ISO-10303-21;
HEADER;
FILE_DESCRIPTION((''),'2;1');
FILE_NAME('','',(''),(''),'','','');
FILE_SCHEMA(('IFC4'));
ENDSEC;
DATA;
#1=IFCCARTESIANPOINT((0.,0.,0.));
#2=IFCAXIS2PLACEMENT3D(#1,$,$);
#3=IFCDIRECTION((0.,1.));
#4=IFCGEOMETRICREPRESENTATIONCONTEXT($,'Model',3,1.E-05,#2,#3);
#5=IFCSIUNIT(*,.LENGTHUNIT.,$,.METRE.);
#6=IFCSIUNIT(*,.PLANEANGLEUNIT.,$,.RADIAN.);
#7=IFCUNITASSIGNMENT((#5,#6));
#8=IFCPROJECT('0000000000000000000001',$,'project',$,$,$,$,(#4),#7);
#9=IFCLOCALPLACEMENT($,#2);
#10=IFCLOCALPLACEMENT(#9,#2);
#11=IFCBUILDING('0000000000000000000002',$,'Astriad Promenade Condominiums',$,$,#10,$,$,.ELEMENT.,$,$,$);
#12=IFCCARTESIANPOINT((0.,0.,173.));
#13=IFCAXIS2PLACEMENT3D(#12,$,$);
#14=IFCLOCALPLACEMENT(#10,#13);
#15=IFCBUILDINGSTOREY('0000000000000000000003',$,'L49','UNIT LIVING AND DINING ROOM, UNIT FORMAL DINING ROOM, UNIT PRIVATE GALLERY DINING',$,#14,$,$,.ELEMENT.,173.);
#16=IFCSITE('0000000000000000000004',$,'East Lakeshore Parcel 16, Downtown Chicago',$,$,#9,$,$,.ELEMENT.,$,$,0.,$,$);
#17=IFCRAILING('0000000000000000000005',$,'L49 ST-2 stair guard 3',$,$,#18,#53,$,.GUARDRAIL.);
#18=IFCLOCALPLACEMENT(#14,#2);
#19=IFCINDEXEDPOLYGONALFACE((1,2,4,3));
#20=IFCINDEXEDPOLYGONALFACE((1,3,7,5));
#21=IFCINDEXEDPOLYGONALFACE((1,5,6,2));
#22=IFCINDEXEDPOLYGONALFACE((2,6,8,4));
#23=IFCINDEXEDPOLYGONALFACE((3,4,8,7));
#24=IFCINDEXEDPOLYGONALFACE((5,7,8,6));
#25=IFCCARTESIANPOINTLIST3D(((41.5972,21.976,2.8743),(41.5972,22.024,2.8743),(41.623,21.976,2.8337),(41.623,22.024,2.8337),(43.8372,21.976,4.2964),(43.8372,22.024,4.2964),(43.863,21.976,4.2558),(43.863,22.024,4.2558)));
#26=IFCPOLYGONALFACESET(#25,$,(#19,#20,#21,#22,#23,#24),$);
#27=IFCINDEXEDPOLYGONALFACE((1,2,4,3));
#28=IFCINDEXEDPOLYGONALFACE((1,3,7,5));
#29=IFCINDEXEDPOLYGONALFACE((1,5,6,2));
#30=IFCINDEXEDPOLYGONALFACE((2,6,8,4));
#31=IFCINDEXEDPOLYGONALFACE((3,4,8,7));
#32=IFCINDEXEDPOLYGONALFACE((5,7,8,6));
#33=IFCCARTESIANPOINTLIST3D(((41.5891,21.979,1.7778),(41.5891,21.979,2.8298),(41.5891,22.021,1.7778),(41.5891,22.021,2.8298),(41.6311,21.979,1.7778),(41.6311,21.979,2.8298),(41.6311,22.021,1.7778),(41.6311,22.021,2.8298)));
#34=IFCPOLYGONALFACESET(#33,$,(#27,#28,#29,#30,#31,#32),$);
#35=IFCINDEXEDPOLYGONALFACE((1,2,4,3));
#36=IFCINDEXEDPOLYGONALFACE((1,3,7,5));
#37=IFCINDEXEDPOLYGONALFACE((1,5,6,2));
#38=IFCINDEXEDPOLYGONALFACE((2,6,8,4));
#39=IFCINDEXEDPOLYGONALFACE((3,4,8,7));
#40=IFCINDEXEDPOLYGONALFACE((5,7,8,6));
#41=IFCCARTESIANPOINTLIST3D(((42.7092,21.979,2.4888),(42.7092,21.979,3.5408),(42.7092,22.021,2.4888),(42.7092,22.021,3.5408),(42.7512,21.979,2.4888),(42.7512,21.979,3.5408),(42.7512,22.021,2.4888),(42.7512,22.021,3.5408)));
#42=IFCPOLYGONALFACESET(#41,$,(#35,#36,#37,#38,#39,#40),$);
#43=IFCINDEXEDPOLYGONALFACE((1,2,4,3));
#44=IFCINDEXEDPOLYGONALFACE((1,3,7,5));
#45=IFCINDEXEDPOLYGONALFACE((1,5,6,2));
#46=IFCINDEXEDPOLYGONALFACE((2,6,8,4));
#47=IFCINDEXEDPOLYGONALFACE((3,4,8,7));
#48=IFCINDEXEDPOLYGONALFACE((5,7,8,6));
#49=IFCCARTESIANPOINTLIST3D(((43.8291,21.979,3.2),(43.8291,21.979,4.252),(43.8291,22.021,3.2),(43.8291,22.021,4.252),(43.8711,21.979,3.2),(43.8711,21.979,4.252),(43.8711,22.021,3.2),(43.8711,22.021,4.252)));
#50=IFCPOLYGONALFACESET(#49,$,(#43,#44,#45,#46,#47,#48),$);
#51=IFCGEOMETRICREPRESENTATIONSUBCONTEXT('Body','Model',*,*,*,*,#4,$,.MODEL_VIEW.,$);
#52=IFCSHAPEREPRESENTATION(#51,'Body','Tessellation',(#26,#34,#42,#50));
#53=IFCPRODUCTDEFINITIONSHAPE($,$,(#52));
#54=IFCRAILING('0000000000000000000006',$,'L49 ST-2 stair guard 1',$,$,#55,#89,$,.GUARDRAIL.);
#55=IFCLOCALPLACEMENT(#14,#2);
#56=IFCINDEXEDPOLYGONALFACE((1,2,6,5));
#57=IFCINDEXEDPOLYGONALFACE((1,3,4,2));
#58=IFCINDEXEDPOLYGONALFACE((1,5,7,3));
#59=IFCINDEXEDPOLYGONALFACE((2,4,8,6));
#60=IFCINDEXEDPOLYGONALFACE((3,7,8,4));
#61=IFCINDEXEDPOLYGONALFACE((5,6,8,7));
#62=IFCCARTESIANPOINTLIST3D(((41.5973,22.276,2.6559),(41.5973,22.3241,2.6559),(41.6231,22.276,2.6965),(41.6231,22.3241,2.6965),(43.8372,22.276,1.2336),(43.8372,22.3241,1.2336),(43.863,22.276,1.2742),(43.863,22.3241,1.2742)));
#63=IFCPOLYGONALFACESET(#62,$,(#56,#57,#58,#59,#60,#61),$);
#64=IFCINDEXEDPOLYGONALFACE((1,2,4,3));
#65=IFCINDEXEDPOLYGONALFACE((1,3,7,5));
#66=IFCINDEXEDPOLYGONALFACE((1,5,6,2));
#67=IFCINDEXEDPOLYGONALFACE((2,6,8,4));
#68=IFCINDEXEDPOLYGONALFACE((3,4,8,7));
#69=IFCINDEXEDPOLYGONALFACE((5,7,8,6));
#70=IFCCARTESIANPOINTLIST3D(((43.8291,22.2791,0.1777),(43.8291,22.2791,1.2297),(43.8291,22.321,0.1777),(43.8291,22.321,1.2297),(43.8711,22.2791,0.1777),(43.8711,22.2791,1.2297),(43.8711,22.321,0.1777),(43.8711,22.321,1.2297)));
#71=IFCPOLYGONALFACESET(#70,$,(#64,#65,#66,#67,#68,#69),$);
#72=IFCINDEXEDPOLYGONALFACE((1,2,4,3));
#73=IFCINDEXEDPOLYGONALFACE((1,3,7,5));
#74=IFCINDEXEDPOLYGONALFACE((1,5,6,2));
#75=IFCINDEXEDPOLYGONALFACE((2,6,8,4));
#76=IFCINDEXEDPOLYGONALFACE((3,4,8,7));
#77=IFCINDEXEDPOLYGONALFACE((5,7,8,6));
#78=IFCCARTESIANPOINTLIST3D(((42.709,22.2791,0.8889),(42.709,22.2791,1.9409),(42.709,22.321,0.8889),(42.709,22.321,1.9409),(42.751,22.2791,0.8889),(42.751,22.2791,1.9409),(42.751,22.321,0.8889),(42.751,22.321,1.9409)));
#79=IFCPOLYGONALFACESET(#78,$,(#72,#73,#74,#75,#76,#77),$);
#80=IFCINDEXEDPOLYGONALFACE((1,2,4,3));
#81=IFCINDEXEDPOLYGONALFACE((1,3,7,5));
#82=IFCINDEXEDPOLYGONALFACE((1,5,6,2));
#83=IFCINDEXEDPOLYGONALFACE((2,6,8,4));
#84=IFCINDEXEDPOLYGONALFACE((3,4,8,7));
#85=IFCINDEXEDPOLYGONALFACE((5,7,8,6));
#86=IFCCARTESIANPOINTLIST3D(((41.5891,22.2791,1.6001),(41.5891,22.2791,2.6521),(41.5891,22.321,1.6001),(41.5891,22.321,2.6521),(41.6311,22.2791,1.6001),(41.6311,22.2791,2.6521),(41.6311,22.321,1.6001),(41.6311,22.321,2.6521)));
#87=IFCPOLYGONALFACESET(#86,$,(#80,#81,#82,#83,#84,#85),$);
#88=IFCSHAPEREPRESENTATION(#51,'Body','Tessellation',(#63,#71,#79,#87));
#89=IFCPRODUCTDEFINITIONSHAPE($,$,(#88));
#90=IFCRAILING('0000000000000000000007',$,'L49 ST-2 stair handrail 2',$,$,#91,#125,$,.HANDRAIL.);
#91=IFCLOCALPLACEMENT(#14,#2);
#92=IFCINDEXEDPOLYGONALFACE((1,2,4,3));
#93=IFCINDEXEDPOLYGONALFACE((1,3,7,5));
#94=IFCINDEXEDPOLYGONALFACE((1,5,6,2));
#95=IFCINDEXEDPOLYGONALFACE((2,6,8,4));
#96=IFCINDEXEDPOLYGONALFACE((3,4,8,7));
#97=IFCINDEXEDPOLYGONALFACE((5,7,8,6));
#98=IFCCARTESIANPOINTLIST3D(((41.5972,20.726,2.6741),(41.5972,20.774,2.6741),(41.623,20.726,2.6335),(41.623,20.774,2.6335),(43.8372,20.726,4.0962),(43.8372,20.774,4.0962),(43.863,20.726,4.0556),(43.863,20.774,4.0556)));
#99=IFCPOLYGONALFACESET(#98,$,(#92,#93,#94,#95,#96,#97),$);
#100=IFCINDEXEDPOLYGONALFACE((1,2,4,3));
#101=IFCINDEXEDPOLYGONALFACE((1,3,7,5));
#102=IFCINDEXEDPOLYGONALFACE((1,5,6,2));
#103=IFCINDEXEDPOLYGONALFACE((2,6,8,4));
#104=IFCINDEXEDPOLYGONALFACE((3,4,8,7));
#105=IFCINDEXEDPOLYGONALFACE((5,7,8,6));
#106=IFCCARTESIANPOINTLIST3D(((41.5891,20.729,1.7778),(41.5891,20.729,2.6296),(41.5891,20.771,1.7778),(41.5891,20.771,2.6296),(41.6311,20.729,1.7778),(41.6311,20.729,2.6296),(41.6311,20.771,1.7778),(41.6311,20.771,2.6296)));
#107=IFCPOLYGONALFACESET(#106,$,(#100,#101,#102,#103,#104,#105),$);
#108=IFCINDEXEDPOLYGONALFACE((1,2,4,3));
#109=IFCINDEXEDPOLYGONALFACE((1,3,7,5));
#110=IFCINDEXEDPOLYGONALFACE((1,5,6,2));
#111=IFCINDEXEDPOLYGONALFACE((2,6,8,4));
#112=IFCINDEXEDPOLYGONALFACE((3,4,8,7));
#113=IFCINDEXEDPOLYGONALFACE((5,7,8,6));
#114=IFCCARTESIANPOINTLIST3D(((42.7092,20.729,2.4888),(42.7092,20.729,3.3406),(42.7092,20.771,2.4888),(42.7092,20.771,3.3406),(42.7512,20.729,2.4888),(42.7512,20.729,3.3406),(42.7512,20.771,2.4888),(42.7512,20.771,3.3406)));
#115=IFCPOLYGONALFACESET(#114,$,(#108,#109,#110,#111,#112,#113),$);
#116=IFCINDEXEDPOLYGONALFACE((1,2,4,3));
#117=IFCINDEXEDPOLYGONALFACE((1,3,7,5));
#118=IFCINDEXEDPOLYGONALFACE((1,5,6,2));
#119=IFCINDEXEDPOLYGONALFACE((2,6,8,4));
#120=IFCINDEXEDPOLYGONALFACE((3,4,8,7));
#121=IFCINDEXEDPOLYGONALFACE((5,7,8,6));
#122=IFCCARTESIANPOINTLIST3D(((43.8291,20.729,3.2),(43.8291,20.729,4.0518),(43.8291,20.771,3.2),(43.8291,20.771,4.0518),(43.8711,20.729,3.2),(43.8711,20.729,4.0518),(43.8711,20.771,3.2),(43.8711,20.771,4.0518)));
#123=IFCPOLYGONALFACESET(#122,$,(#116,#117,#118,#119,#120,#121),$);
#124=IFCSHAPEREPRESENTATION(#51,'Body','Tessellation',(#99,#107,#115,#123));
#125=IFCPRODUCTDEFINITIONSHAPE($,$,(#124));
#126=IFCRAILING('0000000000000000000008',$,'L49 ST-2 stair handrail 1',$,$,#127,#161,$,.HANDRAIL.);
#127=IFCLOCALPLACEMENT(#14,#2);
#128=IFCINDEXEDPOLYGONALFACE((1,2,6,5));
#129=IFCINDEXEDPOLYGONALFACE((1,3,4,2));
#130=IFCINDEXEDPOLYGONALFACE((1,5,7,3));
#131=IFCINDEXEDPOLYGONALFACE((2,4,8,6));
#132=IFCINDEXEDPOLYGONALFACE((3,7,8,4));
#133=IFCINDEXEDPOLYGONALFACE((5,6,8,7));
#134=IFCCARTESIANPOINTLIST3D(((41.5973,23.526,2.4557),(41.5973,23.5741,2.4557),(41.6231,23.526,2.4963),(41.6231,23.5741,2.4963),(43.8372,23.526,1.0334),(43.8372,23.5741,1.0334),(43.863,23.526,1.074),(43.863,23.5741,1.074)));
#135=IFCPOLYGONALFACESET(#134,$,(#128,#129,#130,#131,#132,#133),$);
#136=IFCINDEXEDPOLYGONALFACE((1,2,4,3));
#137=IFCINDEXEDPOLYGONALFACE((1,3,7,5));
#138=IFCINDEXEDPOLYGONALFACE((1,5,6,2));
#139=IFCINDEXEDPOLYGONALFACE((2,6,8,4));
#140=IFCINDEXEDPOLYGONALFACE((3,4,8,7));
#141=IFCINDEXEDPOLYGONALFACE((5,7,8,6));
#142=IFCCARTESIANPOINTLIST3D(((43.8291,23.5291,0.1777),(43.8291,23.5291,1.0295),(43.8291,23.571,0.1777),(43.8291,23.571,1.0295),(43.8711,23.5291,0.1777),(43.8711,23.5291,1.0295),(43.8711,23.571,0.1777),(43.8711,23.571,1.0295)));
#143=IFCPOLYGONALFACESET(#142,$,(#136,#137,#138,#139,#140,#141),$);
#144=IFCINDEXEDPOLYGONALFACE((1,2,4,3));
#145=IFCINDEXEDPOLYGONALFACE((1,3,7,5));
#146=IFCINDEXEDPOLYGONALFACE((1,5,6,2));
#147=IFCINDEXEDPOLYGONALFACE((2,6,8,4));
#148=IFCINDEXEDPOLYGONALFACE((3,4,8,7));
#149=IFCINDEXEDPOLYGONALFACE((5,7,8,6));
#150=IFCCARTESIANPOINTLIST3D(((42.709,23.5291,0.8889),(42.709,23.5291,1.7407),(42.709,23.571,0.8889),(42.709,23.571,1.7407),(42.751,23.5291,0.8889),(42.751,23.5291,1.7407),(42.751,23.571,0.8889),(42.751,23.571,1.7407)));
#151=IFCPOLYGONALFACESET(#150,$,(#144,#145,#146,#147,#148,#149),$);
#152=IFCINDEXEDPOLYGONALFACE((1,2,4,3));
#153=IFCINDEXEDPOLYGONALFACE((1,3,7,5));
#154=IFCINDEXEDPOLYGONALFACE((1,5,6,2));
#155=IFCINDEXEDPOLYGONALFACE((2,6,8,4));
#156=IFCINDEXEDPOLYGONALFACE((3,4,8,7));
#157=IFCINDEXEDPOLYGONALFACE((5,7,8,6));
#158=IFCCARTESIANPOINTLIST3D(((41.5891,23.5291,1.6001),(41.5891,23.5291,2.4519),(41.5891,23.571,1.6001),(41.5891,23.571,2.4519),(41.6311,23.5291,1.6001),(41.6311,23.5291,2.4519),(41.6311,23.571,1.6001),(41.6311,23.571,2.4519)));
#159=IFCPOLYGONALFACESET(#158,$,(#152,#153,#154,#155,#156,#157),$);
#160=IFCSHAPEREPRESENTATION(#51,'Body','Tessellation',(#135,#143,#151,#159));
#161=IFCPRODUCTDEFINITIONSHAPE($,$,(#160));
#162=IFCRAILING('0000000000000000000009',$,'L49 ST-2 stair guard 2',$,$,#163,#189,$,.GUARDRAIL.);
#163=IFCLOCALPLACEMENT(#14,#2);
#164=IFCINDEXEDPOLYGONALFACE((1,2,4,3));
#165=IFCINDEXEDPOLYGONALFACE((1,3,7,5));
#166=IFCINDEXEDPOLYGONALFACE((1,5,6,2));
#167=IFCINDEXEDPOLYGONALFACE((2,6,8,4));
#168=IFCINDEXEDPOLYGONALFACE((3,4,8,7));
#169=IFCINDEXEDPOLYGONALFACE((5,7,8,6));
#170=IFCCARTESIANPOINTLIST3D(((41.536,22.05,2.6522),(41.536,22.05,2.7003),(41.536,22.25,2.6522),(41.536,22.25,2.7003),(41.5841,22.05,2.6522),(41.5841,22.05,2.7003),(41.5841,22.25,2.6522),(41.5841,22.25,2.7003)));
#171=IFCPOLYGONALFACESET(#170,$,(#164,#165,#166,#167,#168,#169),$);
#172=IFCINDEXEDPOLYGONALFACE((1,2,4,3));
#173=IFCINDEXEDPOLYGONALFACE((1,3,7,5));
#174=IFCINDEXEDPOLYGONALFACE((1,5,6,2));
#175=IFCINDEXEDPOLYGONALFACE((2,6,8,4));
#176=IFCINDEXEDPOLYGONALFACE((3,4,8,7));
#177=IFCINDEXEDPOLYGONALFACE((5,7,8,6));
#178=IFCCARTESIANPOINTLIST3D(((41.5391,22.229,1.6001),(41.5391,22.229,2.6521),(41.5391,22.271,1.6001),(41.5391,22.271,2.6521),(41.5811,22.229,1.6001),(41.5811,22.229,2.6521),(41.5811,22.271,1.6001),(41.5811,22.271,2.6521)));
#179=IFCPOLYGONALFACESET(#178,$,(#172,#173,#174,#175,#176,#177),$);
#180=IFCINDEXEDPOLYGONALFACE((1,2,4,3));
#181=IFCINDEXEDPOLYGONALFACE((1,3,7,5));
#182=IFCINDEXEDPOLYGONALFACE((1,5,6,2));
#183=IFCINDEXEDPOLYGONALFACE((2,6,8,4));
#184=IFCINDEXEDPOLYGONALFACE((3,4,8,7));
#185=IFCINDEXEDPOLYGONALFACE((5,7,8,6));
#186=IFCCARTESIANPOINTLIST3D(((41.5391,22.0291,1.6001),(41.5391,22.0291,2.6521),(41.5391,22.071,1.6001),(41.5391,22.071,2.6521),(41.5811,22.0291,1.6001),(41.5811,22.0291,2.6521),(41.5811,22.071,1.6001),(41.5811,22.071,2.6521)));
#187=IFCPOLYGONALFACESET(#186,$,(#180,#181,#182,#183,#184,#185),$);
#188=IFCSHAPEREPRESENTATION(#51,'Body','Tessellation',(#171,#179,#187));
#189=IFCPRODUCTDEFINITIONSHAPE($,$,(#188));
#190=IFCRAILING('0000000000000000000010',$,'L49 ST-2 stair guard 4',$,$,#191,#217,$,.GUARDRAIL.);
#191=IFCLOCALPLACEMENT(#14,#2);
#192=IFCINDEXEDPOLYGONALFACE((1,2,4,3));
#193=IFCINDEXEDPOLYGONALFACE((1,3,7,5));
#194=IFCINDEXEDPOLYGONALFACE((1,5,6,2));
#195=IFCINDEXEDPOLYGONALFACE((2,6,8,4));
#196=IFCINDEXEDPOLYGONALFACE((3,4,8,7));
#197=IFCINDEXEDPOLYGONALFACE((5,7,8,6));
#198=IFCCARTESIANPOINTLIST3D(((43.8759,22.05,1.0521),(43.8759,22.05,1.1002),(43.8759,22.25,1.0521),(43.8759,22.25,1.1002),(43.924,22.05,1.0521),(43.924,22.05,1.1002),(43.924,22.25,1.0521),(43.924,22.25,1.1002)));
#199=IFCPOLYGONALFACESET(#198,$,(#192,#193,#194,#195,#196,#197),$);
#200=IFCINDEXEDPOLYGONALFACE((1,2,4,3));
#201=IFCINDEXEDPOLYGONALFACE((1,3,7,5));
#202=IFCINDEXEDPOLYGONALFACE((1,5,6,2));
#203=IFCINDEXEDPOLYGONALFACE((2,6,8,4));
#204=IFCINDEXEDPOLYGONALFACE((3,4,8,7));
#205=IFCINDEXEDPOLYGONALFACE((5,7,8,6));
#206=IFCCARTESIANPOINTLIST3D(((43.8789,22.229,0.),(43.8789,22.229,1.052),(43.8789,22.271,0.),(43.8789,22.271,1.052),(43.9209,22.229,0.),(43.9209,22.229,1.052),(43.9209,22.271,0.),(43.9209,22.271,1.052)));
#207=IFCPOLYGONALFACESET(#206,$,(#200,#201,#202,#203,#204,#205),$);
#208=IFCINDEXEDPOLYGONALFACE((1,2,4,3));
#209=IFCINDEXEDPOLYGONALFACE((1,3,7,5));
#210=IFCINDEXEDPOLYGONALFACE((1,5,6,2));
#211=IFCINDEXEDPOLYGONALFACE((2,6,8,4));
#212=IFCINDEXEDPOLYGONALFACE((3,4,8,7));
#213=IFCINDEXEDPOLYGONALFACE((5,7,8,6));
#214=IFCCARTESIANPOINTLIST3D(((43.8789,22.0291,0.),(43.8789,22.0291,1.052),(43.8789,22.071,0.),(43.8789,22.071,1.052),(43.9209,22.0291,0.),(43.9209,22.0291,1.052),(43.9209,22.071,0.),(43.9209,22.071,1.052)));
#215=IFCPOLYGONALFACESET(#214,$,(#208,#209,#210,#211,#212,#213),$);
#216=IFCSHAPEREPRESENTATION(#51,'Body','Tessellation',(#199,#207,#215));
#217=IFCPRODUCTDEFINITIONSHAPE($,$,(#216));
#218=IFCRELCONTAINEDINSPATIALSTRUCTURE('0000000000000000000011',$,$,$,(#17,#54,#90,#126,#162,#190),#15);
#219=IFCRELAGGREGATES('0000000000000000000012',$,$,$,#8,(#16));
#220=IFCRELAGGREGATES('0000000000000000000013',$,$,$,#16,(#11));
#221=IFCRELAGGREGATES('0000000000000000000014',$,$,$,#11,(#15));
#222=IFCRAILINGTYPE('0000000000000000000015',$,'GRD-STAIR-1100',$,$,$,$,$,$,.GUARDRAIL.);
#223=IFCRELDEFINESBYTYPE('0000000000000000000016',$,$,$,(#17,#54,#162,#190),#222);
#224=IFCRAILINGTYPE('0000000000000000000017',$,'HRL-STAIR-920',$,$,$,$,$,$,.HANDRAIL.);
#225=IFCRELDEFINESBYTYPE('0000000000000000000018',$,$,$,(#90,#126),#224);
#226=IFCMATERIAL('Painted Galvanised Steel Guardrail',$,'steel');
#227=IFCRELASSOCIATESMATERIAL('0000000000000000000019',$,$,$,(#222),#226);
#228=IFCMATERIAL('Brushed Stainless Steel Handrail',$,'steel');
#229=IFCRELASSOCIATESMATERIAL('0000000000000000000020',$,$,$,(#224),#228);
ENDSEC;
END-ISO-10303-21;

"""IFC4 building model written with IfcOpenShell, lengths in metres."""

from ifc_helpers import new_model, si_unit, direction, frame, origin, origin_2d, place, context, subcontext, project, spatial, rectangle, extrude, source, transform, mapped, material, type_object, type_shapes, element, save


model = new_model("IFC4")

# Units and contexts
model_context = context("Model", 3, precision=1e-05, world=origin(), true_north=direction((0.0, 1.0)))
body_context = subcontext(model_context, "Body", "Model", "MODEL_VIEW")
ifc_project = project(units=[si_unit("LENGTHUNIT", "METRE"), si_unit("PLANEANGLEUNIT", "RADIAN")], contexts=[model_context])

# Site, building, storey
site_placement = place(None, origin())
site = spatial("IfcSite", under=ifc_project, at=site_placement, Name="East Lakeshore Parcel 16, Downtown Chicago", CompositionType="ELEMENT", RefElevation=0.0)
building_placement = place(site_placement, origin())
building = spatial("IfcBuilding", under=site, at=building_placement, Name="Astriad Promenade Condominiums", CompositionType="ELEMENT")
storey_placement = place(building_placement, frame((0.0, 0.0, 173.0)))
storey = spatial("IfcBuildingStorey", under=building, at=storey_placement, Name="L49", Description="UNIT LIVING AND DINING ROOM, UNIT FORMAL DINING ROOM, UNIT PRIVATE GALLERY DINING", CompositionType="ELEMENT", Elevation=173.0)

# Railings
ifc_material_1 = material(Name="Painted Galvanised Steel Guardrail", Category="steel")
railing_type_1 = type_object("IfcRailingType", Name="GRD-STAIR-1100", PredefinedType="GUARDRAIL", material=ifc_material_1)
shared_shape_1 = source(origin(), body_context, "Body", "SweptSolid", [
    extrude(rectangle(XDim=0.0481, YDim=0.0481, at=origin_2d()), frame((0.0, 0.0, 1.0762), z_axis=(0.844229, 0.0, 0.535982), x_axis=(0.0, 1.0, 0.0)), (0.0, 0.0, 1.0), 2.6533),
    extrude(rectangle(XDim=0.042, YDim=0.042, at=origin_2d()), origin(), (0.0, 0.0, 1.0), 1.052),
    extrude(rectangle(XDim=0.042, YDim=0.042, at=origin_2d()), frame((1.1201, 0.0, 0.7109)), (0.0, 0.0, 1.0), 1.052),
    extrude(rectangle(XDim=0.042, YDim=0.042, at=origin_2d()), frame((2.24, 0.0, 1.4221)), (0.0, 0.0, 1.0), 1.052),
])
railing_1_placement = place(storey_placement, frame((41.6101, 22.0, 1.7778)))
element("IfcRailing", 1, at=railing_1_placement, inside=storey, type_object=railing_type_1, Name="L49 ST-2 stair guard 3", PredefinedType="GUARDRAIL", context=body_context, shape_type="MappedRepresentation", body=[
    mapped(shared_shape_1, transform((0.0, 0.0, 0.0), scale=1.0)),
])
shared_shape_2 = source(origin(), body_context, "Body", "SweptSolid", [
    extrude(rectangle(XDim=0.0481, YDim=0.0481, at=origin_2d()), frame((0.0, 0.0, 1.0762), z_axis=(-0.844188, 0.0, 0.536048), x_axis=(0.0, -1.0, 0.0)), (0.0, 0.0, 1.0), 2.6533),
    extrude(rectangle(XDim=0.042, YDim=0.042, at=origin_2d()), origin(), (0.0, 0.0, 1.0), 1.052),
    extrude(rectangle(XDim=0.042, YDim=0.042, at=origin_2d()), frame((-1.1201, 0.0, 0.7112)), (0.0, 0.0, 1.0), 1.052),
    extrude(rectangle(XDim=0.042, YDim=0.042, at=origin_2d()), frame((-2.24, 0.0, 1.4224)), (0.0, 0.0, 1.0), 1.052),
])
railing_2_placement = place(storey_placement, frame((43.8501, 22.3, 0.1777)))
element("IfcRailing", 2, at=railing_2_placement, inside=storey, type_object=railing_type_1, Name="L49 ST-2 stair guard 1", PredefinedType="GUARDRAIL", context=body_context, shape_type="MappedRepresentation", body=[
    mapped(shared_shape_2, transform((0.0, 0.0, 0.0), scale=1.0)),
])
ifc_material_2 = material(Name="Brushed Stainless Steel Handrail", Category="steel")
railing_type_2 = type_object("IfcRailingType", Name="HRL-STAIR-920", PredefinedType="HANDRAIL", material=ifc_material_2)
shared_shape_3 = source(origin(), body_context, "Body", "SweptSolid", [
    extrude(rectangle(XDim=0.0481, YDim=0.0481, at=origin_2d()), frame((0.0, 0.0, 0.876), z_axis=(0.844229, 0.0, 0.535982), x_axis=(0.0, 1.0, 0.0)), (0.0, 0.0, 1.0), 2.6533),
    extrude(rectangle(XDim=0.042, YDim=0.042, at=origin_2d()), origin(), (0.0, 0.0, 1.0), 0.8518),
    extrude(rectangle(XDim=0.042, YDim=0.042, at=origin_2d()), frame((1.1201, 0.0, 0.7109)), (0.0, 0.0, 1.0), 0.8518),
    extrude(rectangle(XDim=0.042, YDim=0.042, at=origin_2d()), frame((2.24, 0.0, 1.4221)), (0.0, 0.0, 1.0), 0.8518),
])
railing_3_placement = place(storey_placement, frame((41.6101, 20.75, 1.7778)))
element("IfcRailing", 3, at=railing_3_placement, inside=storey, type_object=railing_type_2, Name="L49 ST-2 stair handrail 2", PredefinedType="HANDRAIL", context=body_context, shape_type="MappedRepresentation", body=[
    mapped(shared_shape_3, transform((0.0, 0.0, 0.0), scale=1.0)),
])
shared_shape_4 = source(origin(), body_context, "Body", "SweptSolid", [
    extrude(rectangle(XDim=0.0481, YDim=0.0481, at=origin_2d()), frame((0.0, 0.0, 0.876), z_axis=(-0.844188, 0.0, 0.536048), x_axis=(0.0, -1.0, 0.0)), (0.0, 0.0, 1.0), 2.6533),
    extrude(rectangle(XDim=0.042, YDim=0.042, at=origin_2d()), origin(), (0.0, 0.0, 1.0), 0.8518),
    extrude(rectangle(XDim=0.042, YDim=0.042, at=origin_2d()), frame((-1.1201, 0.0, 0.7112)), (0.0, 0.0, 1.0), 0.8518),
    extrude(rectangle(XDim=0.042, YDim=0.042, at=origin_2d()), frame((-2.24, 0.0, 1.4224)), (0.0, 0.0, 1.0), 0.8518),
])
type_shapes(railing_type_2, [shared_shape_3, shared_shape_4])
railing_4_placement = place(storey_placement, frame((43.8501, 23.55, 0.1777)))
element("IfcRailing", 4, at=railing_4_placement, inside=storey, type_object=railing_type_2, Name="L49 ST-2 stair handrail 1", PredefinedType="HANDRAIL", context=body_context, shape_type="MappedRepresentation", body=[
    mapped(shared_shape_4, transform((0.0, 0.0, 0.0), scale=1.0)),
])
shared_shape_5 = source(origin(), body_context, "Body", "SweptSolid", [
    extrude(rectangle(XDim=0.0481, YDim=0.0481, at=origin_2d()), frame((0.0, 0.0, 1.0762), z_axis=(0.0, -1.0, 0.0), x_axis=(1.0, 0.0, 0.0)), (0.0, 0.0, 1.0), 0.2),
    extrude(rectangle(XDim=0.042, YDim=0.042, at=origin_2d()), origin(), (0.0, 0.0, 1.0), 1.052),
    extrude(rectangle(XDim=0.042, YDim=0.042, at=origin_2d()), frame((0.0, -0.2, 0.0)), (0.0, 0.0, 1.0), 1.052),
])
type_shapes(railing_type_1, [shared_shape_1, shared_shape_2, shared_shape_5])
for number, where, name in (
    (5, (41.5601, 22.25, 1.6001), "L49 ST-2 stair guard 2"),
    (6, (43.8999, 22.25, 0.0), "L49 ST-2 stair guard 4"),
):
    element("IfcRailing", number, at=place(storey_placement, frame(where)), inside=storey, type_object=railing_type_1, Name=name, PredefinedType="GUARDRAIL", context=body_context, shape_type="MappedRepresentation", body=[
        mapped(shared_shape_5, transform((0.0, 0.0, 0.0), scale=1.0)),
    ])

save(model, "model.ifc")
